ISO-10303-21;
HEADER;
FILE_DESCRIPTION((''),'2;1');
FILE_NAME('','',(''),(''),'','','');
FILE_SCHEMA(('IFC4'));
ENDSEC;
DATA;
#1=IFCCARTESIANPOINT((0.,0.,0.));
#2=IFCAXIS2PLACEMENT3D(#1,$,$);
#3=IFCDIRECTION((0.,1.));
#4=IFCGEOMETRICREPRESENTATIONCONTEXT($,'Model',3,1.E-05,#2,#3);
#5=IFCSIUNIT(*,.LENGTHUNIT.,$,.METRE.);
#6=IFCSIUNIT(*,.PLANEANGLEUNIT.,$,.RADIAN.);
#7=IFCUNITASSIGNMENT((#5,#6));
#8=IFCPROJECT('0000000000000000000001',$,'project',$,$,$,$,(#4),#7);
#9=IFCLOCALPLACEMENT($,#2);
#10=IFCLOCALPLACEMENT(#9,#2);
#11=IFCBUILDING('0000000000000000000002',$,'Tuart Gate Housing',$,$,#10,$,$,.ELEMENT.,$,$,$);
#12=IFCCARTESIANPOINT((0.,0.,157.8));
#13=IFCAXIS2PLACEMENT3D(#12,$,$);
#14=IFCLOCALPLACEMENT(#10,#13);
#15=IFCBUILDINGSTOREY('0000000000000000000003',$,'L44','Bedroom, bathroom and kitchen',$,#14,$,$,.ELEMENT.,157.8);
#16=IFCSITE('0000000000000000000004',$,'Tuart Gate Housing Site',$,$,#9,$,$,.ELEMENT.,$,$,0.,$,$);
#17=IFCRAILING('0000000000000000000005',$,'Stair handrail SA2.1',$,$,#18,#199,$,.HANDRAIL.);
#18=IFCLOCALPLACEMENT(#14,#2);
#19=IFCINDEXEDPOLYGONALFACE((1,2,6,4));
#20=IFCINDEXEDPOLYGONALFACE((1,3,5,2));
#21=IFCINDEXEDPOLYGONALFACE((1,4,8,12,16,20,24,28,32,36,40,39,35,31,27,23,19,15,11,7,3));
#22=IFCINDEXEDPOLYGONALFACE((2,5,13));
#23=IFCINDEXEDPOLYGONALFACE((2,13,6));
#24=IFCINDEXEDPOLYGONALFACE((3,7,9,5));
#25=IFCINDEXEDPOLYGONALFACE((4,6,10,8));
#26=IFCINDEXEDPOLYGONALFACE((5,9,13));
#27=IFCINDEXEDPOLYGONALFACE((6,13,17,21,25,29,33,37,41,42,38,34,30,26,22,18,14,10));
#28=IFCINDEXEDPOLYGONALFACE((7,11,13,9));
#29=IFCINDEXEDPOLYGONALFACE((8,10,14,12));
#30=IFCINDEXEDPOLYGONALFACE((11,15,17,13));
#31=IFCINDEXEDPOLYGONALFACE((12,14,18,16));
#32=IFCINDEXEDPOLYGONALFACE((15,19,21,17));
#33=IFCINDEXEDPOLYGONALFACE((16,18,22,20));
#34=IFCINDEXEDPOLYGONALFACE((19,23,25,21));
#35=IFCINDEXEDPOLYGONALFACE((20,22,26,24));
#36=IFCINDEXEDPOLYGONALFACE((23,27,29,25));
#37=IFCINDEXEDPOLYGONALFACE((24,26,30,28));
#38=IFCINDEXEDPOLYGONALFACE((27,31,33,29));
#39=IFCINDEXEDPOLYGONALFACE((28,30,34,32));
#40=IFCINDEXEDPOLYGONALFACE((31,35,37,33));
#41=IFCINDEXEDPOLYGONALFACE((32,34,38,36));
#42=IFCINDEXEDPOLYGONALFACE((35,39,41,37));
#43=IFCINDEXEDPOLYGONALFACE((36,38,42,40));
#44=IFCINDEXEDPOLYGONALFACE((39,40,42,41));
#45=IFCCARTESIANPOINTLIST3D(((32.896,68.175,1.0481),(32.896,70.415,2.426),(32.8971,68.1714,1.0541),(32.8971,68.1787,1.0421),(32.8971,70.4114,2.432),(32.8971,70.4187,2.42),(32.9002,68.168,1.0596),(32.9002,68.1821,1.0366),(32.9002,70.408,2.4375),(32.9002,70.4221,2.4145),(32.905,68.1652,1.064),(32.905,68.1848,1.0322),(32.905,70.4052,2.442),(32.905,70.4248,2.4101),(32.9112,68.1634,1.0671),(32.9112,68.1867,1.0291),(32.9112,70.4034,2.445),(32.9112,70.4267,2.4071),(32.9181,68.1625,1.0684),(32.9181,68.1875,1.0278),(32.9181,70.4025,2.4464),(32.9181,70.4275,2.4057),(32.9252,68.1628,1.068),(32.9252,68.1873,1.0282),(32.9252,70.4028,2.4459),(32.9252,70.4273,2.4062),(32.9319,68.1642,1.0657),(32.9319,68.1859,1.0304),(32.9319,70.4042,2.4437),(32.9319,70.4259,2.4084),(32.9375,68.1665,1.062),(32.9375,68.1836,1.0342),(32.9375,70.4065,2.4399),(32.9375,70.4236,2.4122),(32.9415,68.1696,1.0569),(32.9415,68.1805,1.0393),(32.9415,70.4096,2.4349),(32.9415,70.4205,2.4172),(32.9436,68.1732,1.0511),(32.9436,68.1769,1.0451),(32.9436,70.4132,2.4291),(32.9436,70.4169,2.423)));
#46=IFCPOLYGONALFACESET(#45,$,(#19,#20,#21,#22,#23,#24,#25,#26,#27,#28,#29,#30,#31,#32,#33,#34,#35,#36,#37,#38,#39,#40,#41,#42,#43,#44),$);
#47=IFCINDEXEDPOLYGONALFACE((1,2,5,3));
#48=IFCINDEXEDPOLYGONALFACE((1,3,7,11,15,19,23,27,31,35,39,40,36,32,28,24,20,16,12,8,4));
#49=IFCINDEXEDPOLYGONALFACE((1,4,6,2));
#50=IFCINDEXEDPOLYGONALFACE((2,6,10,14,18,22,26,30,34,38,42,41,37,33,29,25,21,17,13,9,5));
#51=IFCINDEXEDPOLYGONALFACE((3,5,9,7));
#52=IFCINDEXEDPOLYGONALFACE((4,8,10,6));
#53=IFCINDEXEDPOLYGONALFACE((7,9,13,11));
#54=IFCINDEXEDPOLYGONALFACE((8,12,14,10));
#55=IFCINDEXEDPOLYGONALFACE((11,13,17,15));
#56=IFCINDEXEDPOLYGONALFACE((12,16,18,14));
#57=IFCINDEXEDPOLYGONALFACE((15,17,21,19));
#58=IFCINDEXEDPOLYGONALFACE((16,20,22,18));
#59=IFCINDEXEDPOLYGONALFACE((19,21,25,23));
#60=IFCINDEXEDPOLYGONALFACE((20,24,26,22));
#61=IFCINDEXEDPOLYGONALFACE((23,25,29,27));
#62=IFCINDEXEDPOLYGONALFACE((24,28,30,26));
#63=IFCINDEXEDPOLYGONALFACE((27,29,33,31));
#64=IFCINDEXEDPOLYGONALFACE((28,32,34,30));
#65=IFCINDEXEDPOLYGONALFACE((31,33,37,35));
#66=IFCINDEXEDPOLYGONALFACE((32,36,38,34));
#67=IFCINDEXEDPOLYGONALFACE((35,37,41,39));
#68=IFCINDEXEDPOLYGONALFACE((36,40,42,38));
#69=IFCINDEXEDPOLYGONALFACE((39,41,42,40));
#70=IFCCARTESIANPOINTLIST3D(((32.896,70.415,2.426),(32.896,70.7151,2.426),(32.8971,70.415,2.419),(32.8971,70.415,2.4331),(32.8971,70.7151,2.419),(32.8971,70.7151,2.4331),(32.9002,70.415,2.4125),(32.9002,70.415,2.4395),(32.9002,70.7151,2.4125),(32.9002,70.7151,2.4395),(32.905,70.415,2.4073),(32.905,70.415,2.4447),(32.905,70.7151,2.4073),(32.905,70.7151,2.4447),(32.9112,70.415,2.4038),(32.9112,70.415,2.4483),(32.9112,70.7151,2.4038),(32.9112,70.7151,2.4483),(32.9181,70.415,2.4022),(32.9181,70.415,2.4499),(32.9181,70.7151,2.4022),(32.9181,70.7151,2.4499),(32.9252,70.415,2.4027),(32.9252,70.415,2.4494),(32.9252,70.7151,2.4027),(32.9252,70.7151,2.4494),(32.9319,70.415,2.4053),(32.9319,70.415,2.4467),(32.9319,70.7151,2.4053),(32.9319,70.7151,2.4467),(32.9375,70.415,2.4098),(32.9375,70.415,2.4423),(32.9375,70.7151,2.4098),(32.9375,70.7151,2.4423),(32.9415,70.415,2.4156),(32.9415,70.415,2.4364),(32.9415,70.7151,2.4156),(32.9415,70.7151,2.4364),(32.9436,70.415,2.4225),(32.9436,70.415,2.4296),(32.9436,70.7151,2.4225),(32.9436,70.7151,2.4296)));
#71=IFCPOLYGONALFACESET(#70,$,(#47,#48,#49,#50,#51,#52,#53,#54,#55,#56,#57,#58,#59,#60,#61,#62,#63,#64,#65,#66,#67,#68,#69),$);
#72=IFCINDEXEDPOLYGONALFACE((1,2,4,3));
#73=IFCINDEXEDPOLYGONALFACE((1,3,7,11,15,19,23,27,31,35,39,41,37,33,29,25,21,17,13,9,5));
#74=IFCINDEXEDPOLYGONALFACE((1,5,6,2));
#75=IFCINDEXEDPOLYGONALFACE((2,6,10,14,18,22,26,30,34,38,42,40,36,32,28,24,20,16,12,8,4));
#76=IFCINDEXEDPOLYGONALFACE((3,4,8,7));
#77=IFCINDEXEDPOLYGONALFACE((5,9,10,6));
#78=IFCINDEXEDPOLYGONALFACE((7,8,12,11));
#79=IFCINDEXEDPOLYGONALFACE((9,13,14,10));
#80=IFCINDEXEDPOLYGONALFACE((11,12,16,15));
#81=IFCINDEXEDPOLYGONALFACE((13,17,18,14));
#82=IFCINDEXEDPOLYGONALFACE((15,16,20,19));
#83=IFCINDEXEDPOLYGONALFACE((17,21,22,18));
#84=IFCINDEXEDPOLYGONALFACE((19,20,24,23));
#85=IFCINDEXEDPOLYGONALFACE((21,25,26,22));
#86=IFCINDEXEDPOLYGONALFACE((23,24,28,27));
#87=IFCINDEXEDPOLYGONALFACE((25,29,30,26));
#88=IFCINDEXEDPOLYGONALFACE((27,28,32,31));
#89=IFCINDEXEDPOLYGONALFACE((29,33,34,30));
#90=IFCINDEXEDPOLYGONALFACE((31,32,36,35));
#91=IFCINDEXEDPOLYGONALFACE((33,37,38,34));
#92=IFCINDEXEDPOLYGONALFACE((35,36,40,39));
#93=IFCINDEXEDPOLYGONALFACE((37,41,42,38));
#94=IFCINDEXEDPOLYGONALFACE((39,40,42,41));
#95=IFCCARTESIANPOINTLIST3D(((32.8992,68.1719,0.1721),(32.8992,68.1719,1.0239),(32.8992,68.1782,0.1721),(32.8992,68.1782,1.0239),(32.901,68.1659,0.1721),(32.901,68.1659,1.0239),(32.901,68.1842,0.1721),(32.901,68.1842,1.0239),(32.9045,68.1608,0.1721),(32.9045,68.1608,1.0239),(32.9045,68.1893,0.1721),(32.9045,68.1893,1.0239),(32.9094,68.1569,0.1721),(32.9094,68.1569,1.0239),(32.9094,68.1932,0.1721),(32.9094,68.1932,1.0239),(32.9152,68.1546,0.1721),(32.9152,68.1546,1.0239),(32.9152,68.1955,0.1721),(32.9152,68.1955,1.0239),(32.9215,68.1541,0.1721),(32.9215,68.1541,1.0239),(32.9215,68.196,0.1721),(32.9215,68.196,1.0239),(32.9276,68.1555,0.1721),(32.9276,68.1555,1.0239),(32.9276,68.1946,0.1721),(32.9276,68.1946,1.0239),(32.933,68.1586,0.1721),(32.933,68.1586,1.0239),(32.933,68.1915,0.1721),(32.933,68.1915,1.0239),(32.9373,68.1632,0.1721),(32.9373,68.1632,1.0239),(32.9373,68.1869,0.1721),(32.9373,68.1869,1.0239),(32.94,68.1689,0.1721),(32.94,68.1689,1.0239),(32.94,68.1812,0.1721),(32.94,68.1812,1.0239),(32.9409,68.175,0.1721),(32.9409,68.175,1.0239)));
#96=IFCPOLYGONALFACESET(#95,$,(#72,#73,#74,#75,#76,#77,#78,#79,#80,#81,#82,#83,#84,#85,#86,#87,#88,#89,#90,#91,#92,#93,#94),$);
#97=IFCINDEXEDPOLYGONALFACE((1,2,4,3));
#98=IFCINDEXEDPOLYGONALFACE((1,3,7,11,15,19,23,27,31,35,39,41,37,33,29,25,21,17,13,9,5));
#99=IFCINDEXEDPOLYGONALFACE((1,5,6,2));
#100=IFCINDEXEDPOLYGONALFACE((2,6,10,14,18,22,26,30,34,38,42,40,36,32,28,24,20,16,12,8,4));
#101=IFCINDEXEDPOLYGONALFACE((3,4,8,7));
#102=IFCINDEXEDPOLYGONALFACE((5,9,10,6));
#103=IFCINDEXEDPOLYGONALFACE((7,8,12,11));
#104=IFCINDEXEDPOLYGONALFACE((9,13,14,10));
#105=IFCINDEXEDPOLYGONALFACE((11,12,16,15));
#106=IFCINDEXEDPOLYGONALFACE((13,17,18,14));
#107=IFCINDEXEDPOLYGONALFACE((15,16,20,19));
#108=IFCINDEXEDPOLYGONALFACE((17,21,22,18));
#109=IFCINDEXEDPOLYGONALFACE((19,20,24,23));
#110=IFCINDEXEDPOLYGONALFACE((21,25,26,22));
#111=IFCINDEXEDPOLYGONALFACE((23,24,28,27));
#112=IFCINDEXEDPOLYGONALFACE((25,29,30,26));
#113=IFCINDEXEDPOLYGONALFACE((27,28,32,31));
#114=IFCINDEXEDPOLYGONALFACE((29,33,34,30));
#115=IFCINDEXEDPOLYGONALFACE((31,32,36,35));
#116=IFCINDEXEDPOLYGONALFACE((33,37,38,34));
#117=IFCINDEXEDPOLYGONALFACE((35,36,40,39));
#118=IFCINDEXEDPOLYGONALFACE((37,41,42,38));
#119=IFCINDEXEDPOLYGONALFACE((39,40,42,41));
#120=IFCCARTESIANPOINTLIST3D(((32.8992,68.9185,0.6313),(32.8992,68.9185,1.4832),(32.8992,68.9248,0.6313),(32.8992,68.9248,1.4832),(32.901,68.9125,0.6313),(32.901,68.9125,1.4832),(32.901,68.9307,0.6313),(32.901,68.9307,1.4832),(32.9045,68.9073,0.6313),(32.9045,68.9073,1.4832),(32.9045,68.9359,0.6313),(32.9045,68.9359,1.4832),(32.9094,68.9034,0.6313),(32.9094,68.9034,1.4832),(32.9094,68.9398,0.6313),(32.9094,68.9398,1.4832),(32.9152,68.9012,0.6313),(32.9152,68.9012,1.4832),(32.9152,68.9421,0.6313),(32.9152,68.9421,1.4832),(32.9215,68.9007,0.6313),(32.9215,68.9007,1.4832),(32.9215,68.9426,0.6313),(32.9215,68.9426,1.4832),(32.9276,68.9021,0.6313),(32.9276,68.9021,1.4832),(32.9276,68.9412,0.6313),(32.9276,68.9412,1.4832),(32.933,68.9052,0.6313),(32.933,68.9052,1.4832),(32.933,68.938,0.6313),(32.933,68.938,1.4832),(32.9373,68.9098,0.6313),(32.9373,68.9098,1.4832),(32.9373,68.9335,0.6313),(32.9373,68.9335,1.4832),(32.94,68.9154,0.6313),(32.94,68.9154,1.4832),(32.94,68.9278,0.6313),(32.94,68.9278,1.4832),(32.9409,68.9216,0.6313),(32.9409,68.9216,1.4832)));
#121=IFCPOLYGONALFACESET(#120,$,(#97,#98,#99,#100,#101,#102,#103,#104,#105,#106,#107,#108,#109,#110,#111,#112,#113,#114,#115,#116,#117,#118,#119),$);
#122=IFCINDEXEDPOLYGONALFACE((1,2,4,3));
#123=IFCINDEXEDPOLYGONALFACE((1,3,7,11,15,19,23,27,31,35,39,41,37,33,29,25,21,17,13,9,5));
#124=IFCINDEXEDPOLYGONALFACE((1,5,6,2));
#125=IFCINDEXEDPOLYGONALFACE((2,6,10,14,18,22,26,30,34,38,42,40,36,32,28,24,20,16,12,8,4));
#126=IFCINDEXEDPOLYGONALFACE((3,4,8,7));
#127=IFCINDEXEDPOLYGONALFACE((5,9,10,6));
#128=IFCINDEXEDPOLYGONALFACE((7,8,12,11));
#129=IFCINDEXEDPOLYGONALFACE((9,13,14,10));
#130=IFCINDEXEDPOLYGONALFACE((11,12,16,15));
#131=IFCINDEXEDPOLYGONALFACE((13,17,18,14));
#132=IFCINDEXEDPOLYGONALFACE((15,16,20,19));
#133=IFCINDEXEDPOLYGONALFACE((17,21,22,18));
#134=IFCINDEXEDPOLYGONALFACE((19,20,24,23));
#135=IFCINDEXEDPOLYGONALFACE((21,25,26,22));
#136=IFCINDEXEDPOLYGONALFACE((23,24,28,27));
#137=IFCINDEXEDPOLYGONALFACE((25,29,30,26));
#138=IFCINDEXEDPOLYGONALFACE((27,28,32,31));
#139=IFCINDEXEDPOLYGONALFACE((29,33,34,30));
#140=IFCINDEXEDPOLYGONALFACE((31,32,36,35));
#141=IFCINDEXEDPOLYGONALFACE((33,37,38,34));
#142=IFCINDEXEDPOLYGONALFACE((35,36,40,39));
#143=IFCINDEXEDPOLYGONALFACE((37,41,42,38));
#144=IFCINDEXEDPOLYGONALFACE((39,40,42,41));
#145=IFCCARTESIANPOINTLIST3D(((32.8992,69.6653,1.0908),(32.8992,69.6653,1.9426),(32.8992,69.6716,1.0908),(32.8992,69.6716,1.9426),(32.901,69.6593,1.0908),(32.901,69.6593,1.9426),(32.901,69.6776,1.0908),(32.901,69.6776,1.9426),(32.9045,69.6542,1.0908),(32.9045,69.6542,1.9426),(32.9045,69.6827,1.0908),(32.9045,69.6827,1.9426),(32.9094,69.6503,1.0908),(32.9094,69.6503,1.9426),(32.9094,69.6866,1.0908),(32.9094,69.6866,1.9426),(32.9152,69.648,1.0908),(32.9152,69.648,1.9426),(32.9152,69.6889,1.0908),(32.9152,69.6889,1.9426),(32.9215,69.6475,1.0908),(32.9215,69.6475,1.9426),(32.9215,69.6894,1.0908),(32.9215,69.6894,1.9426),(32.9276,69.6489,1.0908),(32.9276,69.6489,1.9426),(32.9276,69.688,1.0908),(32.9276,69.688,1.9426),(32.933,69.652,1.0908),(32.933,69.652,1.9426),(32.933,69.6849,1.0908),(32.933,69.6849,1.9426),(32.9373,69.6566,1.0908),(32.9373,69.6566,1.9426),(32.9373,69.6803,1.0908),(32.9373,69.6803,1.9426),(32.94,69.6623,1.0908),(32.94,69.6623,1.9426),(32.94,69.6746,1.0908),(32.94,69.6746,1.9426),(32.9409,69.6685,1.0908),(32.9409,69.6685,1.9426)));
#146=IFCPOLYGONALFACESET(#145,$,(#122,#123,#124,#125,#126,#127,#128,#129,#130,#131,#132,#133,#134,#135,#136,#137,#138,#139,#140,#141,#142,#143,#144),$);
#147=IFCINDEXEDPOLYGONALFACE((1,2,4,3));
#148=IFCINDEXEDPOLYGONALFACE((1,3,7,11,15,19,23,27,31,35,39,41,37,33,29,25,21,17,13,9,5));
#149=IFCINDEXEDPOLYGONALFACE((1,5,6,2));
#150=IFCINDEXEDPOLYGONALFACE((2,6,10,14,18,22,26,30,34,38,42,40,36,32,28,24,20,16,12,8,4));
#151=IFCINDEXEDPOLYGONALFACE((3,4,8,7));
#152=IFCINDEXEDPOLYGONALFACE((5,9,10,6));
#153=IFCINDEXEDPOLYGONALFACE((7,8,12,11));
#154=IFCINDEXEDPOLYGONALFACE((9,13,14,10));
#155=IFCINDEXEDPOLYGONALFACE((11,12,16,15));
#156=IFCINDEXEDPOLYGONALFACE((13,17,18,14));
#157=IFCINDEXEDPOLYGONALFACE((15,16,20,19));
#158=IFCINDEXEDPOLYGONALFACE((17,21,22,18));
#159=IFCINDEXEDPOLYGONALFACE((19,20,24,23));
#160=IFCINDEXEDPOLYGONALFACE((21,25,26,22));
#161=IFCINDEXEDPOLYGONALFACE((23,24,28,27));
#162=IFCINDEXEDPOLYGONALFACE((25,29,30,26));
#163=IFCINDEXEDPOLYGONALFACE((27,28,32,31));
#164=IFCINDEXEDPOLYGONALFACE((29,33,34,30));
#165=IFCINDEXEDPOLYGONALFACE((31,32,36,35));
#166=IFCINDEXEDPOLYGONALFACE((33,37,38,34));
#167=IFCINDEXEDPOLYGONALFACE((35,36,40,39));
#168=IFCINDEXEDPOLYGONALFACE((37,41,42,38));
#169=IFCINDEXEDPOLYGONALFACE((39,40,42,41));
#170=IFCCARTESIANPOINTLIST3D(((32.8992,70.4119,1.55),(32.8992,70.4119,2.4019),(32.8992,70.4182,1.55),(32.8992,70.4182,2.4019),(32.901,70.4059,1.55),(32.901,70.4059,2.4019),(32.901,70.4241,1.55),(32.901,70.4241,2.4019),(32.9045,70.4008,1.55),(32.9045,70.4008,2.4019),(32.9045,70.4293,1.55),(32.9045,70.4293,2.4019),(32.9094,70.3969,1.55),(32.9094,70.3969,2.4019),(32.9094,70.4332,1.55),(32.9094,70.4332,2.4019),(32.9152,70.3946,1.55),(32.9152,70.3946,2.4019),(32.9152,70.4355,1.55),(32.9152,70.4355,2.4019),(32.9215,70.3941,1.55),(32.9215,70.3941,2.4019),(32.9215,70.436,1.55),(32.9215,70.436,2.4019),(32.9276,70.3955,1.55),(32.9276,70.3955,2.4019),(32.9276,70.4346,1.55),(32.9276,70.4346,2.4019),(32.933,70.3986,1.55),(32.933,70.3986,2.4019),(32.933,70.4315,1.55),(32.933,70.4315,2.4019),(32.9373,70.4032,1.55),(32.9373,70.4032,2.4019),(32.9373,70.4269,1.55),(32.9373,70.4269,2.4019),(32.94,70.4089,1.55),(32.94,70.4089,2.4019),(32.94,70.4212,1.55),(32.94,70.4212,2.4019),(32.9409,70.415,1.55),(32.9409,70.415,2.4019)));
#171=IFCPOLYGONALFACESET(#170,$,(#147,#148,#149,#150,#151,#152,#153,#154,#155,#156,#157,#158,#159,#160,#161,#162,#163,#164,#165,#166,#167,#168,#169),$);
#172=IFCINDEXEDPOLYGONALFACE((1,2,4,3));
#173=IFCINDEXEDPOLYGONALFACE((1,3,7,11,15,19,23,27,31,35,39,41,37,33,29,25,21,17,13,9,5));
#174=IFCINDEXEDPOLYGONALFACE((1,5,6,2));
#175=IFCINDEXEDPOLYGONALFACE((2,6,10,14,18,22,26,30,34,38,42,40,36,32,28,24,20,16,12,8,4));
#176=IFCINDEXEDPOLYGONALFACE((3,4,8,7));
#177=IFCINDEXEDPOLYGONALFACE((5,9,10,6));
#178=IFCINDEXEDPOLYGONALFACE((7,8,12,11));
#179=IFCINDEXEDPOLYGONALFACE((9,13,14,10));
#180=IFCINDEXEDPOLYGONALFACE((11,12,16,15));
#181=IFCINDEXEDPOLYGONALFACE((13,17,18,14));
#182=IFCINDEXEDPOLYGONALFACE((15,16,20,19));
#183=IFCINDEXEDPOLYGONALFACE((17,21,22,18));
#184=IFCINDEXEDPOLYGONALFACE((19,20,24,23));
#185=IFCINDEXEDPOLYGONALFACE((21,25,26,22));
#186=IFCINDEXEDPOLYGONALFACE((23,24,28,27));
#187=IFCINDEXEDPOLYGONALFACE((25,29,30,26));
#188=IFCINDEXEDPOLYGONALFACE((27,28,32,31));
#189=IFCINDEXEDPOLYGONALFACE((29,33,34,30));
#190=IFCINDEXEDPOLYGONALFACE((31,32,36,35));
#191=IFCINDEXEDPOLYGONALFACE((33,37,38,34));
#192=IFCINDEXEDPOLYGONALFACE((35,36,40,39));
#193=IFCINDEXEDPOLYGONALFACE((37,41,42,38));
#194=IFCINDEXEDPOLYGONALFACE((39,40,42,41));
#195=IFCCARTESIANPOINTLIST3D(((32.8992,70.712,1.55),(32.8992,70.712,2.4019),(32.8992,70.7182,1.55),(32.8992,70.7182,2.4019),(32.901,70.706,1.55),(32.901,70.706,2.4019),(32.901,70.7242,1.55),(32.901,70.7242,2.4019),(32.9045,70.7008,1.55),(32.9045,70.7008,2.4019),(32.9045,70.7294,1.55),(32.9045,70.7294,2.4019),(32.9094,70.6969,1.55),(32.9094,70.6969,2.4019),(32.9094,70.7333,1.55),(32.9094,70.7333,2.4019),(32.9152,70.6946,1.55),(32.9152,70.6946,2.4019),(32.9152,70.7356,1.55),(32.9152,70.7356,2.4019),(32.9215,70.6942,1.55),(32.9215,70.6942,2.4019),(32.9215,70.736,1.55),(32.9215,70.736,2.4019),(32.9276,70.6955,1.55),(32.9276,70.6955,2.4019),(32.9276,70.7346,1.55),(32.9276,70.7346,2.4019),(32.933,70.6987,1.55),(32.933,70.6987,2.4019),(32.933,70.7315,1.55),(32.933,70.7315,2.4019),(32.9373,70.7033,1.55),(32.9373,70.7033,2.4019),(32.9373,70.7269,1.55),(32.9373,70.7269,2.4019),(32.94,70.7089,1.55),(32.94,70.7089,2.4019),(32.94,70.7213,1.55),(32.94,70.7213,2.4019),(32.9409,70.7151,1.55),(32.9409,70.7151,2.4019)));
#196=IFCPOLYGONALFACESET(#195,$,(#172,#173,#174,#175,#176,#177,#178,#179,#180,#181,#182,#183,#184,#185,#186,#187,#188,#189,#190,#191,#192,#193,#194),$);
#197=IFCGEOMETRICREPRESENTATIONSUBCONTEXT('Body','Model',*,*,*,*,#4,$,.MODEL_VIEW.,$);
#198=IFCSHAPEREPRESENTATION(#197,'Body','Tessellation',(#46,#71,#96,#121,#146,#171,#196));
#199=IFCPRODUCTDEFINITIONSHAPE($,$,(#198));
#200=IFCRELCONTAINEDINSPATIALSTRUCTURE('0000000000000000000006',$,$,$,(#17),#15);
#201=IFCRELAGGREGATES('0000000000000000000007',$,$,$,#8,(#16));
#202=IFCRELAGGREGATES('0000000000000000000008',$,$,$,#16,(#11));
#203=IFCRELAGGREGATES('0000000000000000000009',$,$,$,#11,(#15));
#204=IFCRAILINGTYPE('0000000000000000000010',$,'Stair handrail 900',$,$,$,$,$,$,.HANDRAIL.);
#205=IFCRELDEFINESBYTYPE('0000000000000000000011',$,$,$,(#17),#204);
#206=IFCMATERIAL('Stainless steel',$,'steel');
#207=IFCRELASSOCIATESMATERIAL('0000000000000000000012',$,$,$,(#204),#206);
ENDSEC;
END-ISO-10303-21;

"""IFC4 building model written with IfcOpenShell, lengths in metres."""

from ifc_helpers import new_model, si_unit, direction, frame, origin, origin_2d, place, context, subcontext, project, spatial, circle, extrude, material, type_object, element, save


model = new_model("IFC4")

# Units and contexts
model_context = context("Model", 3, precision=1e-05, world=origin(), true_north=direction((0.0, 1.0)))
body_context = subcontext(model_context, "Body", "Model", "MODEL_VIEW")
ifc_project = project(units=[si_unit("LENGTHUNIT", "METRE"), si_unit("PLANEANGLEUNIT", "RADIAN")], contexts=[model_context])

# Site, building, storey
site_placement = place(None, origin())
site = spatial("IfcSite", under=ifc_project, at=site_placement, Name="Tuart Gate Housing Site", CompositionType="ELEMENT", RefElevation=0.0)
building_placement = place(site_placement, origin())
building = spatial("IfcBuilding", under=site, at=building_placement, Name="Tuart Gate Housing", CompositionType="ELEMENT")
storey_placement = place(building_placement, frame((0.0, 0.0, 157.8)))
storey = spatial("IfcBuildingStorey", under=building, at=storey_placement, Name="L44", Description="Bedroom, bathroom and kitchen", CompositionType="ELEMENT", Elevation=157.8)

# Railing
ifc_material_1 = material(Name="Stainless steel", Category="steel")
railing_type = type_object("IfcRailingType", Name="Stair handrail 900", PredefinedType="HANDRAIL", material=ifc_material_1)
railing_placement = place(storey_placement, frame((32.9199, 68.175, 0.1721)))
element("IfcRailing", 1, at=railing_placement, inside=storey, type_object=railing_type, Name="Stair handrail SA2.1", PredefinedType="HANDRAIL", context=body_context, shape_type="SweptSolid", body=[
    extrude(circle(Radius=0.0239, at=origin_2d()), frame((0.0, 0.0, 0.876), z_axis=(0.0, 0.851748, 0.523952), x_axis=(-1.0, 0.0, 0.0)), (0.0, 0.0, 1.0), 2.6299),
    extrude(circle(Radius=0.0239, at=origin_2d()), frame((0.0, 2.24, 2.2539), z_axis=(0.0, 1.0, 0.0), x_axis=(-1.0, 0.0, 0.0)), (0.0, 0.0, 1.0), 0.3),
    extrude(circle(Radius=0.021, at=origin_2d()), origin(), (0.0, 0.0, 1.0), 0.8518),
    extrude(circle(Radius=0.021, at=origin_2d()), frame((0.0, 0.7466, 0.4592)), (0.0, 0.0, 1.0), 0.8518),
    extrude(circle(Radius=0.021, at=origin_2d()), frame((0.0, 1.4934, 0.9187)), (0.0, 0.0, 1.0), 0.8518),
    extrude(circle(Radius=0.021, at=origin_2d()), frame((0.0, 2.24, 1.3779)), (0.0, 0.0, 1.0), 0.8518),
    extrude(circle(Radius=0.021, at=origin_2d()), frame((0.0, 2.54, 1.3779)), (0.0, 0.0, 1.0), 0.8518),
])

save(model, "model.ifc")
